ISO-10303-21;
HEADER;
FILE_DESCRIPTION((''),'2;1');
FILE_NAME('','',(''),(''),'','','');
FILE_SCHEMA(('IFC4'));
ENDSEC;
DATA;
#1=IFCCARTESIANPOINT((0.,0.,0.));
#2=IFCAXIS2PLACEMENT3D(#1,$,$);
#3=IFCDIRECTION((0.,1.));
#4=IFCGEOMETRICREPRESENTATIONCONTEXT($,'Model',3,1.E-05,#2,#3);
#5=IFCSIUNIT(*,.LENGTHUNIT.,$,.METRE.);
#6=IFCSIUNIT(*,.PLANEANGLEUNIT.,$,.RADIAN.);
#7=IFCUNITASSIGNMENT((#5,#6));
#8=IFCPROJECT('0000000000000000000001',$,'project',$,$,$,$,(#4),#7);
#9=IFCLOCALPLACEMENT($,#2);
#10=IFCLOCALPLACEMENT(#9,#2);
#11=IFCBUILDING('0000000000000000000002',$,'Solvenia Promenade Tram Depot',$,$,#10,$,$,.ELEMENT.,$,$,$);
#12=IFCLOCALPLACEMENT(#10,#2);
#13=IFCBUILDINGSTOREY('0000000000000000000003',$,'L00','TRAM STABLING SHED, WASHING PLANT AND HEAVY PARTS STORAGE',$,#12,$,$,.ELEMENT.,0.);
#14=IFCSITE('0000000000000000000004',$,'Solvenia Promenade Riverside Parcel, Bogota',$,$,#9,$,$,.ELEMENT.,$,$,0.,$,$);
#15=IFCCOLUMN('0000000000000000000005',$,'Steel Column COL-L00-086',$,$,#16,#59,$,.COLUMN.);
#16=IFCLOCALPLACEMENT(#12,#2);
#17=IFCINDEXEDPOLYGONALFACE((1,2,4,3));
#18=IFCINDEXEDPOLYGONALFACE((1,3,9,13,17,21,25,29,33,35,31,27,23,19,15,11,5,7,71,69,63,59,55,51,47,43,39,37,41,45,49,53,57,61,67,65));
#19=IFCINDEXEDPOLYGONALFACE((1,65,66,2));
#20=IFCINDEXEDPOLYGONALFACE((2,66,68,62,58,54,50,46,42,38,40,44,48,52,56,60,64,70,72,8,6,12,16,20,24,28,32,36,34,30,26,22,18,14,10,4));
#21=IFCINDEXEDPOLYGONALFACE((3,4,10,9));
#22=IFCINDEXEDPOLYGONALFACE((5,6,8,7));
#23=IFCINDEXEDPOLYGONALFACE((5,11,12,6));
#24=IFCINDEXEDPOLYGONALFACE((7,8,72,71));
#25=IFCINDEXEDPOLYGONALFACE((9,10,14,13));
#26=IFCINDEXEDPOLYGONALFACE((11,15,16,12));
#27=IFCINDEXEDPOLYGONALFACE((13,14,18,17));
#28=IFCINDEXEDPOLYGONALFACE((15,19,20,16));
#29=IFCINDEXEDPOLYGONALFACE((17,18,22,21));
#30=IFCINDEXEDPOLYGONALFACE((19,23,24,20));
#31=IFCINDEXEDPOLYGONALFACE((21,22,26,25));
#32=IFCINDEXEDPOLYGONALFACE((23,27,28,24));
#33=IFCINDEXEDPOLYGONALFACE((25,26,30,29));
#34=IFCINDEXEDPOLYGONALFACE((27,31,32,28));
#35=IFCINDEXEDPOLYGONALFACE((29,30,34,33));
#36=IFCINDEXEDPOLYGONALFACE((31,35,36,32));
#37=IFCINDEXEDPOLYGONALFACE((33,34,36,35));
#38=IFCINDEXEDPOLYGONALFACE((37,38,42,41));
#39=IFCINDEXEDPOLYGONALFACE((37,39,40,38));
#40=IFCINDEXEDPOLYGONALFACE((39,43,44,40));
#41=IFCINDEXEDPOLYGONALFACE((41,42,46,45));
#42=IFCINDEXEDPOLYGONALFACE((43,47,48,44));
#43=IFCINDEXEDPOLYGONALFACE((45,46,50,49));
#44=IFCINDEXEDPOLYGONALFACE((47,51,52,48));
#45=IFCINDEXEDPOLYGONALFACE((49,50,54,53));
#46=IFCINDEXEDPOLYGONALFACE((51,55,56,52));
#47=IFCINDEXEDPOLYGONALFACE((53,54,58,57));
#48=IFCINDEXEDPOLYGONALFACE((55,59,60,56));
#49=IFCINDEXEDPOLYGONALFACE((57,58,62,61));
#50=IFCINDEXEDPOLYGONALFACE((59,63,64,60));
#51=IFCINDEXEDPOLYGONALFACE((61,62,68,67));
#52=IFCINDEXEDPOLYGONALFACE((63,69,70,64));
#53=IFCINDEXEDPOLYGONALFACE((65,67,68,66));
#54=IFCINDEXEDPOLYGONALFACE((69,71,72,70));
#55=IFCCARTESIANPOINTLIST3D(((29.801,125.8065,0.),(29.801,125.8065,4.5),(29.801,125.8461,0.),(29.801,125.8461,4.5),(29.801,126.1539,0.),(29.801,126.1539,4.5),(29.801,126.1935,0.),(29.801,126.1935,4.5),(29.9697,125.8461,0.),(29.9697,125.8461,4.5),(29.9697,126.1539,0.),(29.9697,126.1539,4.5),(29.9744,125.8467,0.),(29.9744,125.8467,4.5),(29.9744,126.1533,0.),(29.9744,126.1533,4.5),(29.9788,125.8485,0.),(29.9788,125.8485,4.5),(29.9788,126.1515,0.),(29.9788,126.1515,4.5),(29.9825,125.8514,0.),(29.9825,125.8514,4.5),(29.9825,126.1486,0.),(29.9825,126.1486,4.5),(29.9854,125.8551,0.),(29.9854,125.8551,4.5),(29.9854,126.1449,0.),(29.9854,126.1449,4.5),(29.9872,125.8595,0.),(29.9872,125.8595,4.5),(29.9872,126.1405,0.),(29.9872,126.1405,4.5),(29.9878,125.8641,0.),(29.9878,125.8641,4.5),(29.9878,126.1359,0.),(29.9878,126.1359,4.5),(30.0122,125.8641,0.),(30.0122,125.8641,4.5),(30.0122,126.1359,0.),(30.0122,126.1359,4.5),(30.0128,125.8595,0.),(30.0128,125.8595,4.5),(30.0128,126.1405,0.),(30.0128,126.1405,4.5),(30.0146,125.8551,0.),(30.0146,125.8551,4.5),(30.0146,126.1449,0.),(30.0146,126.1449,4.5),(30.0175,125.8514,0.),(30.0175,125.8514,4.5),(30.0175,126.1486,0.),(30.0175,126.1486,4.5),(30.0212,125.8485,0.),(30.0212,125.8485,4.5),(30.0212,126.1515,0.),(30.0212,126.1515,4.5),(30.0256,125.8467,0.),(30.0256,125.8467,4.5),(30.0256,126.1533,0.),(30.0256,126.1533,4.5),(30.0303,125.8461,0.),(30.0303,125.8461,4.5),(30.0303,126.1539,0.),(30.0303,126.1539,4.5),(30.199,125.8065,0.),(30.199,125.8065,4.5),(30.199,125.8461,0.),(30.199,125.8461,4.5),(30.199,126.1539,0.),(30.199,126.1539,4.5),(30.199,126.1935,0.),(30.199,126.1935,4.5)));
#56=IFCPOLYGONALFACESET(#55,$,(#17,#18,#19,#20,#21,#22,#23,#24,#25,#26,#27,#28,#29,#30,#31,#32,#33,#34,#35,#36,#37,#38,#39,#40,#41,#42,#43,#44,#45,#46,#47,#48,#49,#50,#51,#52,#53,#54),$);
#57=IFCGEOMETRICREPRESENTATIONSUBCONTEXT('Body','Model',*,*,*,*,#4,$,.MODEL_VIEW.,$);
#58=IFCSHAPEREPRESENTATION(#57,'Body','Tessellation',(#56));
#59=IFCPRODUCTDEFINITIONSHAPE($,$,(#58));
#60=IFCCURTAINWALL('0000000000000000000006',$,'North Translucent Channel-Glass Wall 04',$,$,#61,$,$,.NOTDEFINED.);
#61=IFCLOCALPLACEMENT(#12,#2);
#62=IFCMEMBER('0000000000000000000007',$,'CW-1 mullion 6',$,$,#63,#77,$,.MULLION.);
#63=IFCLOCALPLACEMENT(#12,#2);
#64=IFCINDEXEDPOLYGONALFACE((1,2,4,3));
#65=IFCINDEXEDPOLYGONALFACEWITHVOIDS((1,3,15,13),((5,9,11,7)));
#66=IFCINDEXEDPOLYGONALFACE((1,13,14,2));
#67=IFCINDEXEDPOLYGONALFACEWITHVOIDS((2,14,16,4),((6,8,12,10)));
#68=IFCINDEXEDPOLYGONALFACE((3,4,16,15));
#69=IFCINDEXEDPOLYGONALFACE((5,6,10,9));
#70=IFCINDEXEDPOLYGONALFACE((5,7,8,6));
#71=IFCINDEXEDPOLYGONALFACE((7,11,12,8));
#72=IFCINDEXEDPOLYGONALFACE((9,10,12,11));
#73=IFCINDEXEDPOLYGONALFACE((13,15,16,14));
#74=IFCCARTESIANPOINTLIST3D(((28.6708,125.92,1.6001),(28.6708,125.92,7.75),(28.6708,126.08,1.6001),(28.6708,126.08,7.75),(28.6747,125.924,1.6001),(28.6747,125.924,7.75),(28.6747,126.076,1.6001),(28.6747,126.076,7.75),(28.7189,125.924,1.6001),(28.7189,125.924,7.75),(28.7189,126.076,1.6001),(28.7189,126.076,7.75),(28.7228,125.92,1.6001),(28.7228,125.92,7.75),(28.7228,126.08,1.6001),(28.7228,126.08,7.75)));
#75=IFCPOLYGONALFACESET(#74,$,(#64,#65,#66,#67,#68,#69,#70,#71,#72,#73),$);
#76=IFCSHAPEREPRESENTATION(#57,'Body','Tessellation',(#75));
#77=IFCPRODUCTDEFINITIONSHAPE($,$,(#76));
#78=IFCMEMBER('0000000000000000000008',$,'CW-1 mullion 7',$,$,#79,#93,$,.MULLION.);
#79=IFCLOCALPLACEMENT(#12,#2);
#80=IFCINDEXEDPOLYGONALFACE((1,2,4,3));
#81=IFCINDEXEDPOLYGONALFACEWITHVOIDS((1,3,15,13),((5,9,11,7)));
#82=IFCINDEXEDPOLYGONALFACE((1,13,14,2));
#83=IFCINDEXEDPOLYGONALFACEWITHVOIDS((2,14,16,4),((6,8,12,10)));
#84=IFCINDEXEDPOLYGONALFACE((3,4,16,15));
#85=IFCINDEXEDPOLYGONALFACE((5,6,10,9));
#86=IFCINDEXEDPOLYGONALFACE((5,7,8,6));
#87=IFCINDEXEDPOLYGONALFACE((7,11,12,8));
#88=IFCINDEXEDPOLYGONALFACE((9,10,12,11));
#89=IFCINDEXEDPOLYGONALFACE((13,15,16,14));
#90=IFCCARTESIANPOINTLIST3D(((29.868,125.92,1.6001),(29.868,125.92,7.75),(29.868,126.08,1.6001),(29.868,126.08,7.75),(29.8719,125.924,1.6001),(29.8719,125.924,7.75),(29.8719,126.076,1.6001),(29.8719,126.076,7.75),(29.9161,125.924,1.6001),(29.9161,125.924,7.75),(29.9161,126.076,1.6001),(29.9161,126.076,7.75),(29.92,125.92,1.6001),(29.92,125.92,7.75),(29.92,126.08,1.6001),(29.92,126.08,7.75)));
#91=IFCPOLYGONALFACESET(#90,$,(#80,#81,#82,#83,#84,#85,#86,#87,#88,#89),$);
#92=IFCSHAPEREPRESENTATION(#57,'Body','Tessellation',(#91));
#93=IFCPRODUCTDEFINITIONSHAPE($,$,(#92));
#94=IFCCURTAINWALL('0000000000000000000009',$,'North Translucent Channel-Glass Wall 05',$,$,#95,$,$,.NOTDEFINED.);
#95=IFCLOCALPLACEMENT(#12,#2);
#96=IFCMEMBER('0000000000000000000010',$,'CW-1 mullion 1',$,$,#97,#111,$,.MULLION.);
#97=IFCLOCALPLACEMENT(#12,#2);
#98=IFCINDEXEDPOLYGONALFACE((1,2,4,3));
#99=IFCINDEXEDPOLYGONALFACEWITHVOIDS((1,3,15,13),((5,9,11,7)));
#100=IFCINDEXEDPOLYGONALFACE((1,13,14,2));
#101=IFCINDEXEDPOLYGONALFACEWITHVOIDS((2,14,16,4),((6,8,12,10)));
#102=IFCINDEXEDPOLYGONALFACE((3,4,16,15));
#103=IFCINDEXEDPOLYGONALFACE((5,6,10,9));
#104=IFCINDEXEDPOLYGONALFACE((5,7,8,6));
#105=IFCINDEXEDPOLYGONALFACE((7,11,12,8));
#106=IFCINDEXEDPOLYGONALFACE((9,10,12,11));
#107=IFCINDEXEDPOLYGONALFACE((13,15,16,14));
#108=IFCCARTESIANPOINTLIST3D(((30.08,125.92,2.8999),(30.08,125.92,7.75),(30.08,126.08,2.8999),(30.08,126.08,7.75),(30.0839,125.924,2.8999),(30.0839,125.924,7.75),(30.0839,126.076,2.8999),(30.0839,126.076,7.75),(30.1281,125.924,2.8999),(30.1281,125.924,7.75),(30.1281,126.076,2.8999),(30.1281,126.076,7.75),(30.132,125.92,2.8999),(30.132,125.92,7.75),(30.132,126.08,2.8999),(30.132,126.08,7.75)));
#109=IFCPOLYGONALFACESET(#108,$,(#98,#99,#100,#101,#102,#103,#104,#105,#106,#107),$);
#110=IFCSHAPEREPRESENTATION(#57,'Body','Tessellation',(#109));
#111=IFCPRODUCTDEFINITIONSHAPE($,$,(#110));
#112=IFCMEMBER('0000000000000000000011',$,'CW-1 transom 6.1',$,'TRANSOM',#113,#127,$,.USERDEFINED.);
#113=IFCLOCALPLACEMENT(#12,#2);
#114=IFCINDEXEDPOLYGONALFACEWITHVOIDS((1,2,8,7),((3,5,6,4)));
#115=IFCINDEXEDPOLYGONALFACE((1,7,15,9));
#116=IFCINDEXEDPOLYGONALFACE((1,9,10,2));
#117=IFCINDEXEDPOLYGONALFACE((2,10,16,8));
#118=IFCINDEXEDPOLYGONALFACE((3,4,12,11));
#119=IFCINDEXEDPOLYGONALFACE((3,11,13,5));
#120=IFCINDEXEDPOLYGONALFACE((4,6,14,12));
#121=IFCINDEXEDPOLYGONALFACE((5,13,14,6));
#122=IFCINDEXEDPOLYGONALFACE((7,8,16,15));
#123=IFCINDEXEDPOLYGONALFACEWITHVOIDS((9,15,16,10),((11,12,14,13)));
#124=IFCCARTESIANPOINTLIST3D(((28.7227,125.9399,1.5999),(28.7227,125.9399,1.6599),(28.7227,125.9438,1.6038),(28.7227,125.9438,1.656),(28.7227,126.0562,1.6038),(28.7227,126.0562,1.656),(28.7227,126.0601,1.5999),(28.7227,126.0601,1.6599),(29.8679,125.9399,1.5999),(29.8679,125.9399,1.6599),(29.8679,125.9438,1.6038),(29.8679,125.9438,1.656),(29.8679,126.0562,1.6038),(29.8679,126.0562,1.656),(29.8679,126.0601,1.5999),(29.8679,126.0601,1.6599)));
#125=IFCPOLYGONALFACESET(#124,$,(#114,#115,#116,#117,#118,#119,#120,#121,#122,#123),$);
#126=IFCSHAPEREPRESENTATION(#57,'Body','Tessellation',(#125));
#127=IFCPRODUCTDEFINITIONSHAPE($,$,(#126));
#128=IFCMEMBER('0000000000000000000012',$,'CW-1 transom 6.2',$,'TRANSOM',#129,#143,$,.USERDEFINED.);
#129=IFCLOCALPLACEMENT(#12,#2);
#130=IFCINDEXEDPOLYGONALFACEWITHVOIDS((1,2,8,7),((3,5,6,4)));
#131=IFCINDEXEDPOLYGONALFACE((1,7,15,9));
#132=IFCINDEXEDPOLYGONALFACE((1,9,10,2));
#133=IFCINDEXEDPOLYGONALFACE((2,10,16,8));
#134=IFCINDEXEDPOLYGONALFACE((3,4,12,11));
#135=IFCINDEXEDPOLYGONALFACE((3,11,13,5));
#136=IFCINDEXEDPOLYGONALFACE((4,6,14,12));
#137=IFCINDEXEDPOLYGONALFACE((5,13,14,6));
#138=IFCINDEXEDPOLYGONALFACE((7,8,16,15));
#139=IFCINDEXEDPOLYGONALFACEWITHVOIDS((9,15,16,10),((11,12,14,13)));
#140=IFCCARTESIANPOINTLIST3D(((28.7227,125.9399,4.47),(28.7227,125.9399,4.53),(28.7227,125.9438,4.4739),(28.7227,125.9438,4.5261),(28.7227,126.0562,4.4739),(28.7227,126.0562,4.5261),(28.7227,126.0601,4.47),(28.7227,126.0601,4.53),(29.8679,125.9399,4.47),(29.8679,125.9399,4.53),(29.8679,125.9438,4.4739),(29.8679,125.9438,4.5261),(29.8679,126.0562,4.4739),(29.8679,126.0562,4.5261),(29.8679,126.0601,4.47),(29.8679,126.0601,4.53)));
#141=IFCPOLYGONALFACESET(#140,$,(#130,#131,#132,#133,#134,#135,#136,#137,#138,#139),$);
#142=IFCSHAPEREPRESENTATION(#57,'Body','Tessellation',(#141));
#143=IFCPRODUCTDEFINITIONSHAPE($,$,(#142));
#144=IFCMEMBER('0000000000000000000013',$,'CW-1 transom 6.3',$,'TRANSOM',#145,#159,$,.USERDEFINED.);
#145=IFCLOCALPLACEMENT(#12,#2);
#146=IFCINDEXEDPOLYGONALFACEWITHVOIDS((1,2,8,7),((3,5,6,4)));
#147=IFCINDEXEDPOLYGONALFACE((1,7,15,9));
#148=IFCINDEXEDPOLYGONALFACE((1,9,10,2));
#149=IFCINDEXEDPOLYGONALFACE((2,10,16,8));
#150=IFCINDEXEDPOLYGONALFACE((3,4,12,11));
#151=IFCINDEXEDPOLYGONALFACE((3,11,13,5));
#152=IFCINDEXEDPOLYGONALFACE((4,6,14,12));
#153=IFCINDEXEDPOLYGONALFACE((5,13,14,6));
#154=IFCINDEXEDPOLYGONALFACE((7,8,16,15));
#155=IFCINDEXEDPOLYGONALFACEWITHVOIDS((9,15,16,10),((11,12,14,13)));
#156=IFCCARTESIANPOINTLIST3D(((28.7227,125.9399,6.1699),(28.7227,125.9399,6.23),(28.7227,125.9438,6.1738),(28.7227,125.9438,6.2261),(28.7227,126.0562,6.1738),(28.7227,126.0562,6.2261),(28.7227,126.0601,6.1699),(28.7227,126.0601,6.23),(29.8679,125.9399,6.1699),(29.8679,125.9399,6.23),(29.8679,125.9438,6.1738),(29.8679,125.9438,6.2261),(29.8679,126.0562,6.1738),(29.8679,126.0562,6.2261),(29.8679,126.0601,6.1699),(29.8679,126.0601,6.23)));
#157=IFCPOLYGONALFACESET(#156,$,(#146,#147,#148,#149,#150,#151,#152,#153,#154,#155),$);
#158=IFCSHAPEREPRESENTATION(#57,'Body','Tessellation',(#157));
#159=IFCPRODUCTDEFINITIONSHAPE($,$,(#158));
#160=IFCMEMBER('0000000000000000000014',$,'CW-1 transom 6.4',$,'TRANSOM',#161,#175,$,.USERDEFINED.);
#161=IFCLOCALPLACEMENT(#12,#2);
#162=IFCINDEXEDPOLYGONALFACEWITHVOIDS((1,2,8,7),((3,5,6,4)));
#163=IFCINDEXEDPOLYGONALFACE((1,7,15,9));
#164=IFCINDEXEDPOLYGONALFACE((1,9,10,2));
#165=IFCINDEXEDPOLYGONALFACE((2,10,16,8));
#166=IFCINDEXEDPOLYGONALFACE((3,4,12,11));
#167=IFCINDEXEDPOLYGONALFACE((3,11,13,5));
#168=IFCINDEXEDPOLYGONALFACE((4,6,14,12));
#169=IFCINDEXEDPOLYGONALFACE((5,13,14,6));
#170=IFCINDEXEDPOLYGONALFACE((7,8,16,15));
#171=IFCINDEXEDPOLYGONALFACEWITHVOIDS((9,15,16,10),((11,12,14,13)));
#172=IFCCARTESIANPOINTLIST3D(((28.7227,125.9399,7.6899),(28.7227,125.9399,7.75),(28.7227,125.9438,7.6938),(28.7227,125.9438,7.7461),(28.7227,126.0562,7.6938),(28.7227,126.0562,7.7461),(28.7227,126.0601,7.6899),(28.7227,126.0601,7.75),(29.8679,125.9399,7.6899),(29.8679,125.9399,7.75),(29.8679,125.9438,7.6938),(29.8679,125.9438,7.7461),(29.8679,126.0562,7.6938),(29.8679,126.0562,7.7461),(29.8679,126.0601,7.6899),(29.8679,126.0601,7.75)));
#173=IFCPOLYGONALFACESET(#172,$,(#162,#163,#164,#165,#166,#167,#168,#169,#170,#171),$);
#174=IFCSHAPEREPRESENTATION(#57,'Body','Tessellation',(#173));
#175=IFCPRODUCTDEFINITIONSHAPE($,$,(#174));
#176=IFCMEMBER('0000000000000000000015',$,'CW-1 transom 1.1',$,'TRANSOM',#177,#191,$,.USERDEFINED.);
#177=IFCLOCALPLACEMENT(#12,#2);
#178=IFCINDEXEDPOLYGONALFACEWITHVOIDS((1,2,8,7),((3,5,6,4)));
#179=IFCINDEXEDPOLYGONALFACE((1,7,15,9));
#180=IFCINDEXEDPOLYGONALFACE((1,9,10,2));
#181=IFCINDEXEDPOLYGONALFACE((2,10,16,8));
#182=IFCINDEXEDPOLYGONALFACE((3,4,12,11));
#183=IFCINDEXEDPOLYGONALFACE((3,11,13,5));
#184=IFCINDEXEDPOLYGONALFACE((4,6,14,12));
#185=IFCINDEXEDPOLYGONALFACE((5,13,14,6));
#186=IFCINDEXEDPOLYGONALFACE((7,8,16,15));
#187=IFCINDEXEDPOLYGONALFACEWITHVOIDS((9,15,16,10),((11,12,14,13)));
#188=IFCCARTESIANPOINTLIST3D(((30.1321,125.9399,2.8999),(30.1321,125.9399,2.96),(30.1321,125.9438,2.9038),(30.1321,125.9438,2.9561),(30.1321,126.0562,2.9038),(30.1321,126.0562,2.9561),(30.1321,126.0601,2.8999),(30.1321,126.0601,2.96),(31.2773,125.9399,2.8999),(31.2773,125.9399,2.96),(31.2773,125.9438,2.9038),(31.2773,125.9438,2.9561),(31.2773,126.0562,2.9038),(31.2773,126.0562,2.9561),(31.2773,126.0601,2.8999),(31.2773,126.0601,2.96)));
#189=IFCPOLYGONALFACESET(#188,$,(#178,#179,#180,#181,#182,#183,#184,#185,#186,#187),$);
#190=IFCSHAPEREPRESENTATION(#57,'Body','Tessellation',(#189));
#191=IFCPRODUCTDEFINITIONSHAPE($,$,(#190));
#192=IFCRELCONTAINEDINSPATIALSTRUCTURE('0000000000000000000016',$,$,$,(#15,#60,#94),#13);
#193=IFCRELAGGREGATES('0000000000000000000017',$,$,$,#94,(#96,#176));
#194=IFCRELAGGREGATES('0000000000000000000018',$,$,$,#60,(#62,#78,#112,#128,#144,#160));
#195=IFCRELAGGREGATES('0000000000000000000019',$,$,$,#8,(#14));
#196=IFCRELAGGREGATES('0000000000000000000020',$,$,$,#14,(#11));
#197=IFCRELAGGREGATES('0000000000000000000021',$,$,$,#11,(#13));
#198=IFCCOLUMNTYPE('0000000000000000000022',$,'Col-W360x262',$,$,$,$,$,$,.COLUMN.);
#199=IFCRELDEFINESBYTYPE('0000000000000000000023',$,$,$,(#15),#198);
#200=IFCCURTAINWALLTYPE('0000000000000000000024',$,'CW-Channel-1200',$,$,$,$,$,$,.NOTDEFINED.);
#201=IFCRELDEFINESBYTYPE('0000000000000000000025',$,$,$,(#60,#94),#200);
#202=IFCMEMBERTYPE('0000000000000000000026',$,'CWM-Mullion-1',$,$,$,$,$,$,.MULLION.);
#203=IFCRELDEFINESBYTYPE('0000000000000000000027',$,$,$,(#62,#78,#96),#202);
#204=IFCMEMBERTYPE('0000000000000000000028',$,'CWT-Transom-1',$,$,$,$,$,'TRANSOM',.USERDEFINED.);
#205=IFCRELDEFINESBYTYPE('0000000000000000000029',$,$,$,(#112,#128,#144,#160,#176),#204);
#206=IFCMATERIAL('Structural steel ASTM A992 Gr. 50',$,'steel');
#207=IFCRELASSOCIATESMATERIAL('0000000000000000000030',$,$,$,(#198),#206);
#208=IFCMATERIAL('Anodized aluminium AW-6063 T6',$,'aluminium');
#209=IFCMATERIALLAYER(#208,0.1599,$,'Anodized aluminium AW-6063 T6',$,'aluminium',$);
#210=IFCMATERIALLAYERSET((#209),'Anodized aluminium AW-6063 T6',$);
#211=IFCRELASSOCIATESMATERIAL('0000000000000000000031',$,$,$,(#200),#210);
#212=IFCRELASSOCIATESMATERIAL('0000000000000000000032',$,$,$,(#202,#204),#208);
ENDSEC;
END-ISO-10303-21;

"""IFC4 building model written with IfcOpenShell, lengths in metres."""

from ifc_helpers import new_model, si_unit, direction, frame, origin, origin_2d, place, context, subcontext, project, spatial, hollow_rectangle, i_section, extrude, material, layer, layer_set, material_profile, profile_set, type_object, element, aggregate, save


model = new_model("IFC4")

# Units and contexts
model_context = context("Model", 3, precision=1e-05, world=origin(), true_north=direction((0.0, 1.0)))
body_context = subcontext(model_context, "Body", "Model", "MODEL_VIEW")
ifc_project = project(units=[si_unit("LENGTHUNIT", "METRE"), si_unit("PLANEANGLEUNIT", "RADIAN")], contexts=[model_context])

# Site, building, storey
site_placement = place(None, origin())
site = spatial("IfcSite", under=ifc_project, at=site_placement, Name="Solvenia Promenade Riverside Parcel, Bogota", CompositionType="ELEMENT", RefElevation=0.0)
building_placement = place(site_placement, origin())
building = spatial("IfcBuilding", under=site, at=building_placement, Name="Solvenia Promenade Tram Depot", CompositionType="ELEMENT")
storey_placement = place(building_placement, origin())
storey = spatial("IfcBuildingStorey", under=building, at=storey_placement, Name="L00", Description="TRAM STABLING SHED, WASHING PLANT AND HEAVY PARTS STORAGE", CompositionType="ELEMENT", Elevation=0.0)

# Column
ifc_material_1 = material(Name="Structural steel ASTM A992 Gr. 50", Category="steel")
ifc_material_profile_1 = material_profile(ifc_material_1, i_section(OverallWidth=0.3979, OverallDepth=0.387, WebThickness=0.0244, FlangeThickness=0.0396, FilletRadius=0.0181, at=origin_2d()), Name="W360x262", Category="steel")
ifc_profile_set_1 = profile_set([ifc_material_profile_1], Name="Structural steel ASTM A992 Gr. 50")
column_type = type_object("IfcColumnType", Name="Col-W360x262", PredefinedType="COLUMN", material=ifc_profile_set_1)
column_placement = place(storey_placement, frame((30.0, 126.0, 0.0), z_axis=(0.0, 0.0, 1.0), x_axis=(1.0, 0.0, 0.0)))
element("IfcColumn", 1, at=column_placement, inside=storey, type_object=column_type, Name="Steel Column COL-L00-086", PredefinedType="COLUMN", context=body_context, shape_type="SweptSolid", body=[
    extrude(i_section(OverallWidth=0.3979, OverallDepth=0.387, WebThickness=0.0244, FlangeThickness=0.0396, FilletRadius=0.0181, at=origin_2d()), origin(), (0.0, 0.0, 1.0), 4.5),
])

# Curtain wall, members
ifc_material_2 = material(Name="Anodized aluminium AW-6063 T6", Category="aluminium")
ifc_layer_1 = layer(ifc_material_2, 0.1599, Name="Anodized aluminium AW-6063 T6", Category="aluminium")
ifc_layer_set_1 = layer_set([ifc_layer_1], Name="Anodized aluminium AW-6063 T6")
curtain_wall_type = type_object("IfcCurtainWallType", Name="CW-Channel-1200", PredefinedType="NOTDEFINED", material=ifc_layer_set_1)
curtain_wall_1_placement = place(storey_placement, origin())
curtain_wall_1 = element("IfcCurtainWall", 2, at=curtain_wall_1_placement, inside=storey, type_object=curtain_wall_type, Name="North Translucent Channel-Glass Wall 04", PredefinedType="NOTDEFINED")
ifc_material_profile_2 = material_profile(ifc_material_2, hollow_rectangle(XDim=0.1599, YDim=0.052, WallThickness=0.0039, at=origin_2d()), Name="ALU-M1", Category="aluminium")
ifc_profile_set_2 = profile_set([ifc_material_profile_2], Name="Anodized aluminium AW-6063 T6")
member_type_1 = type_object("IfcMemberType", Name="CWM-Mullion-1", PredefinedType="MULLION", material=ifc_profile_set_2)
member_1_placement = place(storey_placement, frame((28.6968, 126.0, 1.6001), z_axis=(0.0, 0.0, 1.0), x_axis=(0.0, 1.0, 0.0)))
member_1 = element("IfcMember", 3, at=member_1_placement, type_object=member_type_1, Name="CW-1 mullion 6", PredefinedType="MULLION", context=body_context, shape_type="SweptSolid", body=[
    extrude(hollow_rectangle(XDim=0.1599, YDim=0.052, WallThickness=0.0039, at=origin_2d()), origin(), (0.0, 0.0, 1.0), 6.1499),
])
member_2_placement = place(storey_placement, frame((29.894, 126.0, 1.6001), z_axis=(0.0, 0.0, 1.0), x_axis=(0.0, 1.0, 0.0)))
member_2 = element("IfcMember", 4, at=member_2_placement, type_object=member_type_1, Name="CW-1 mullion 7", PredefinedType="MULLION", context=body_context, shape_type="SweptSolid", body=[
    extrude(hollow_rectangle(XDim=0.1599, YDim=0.052, WallThickness=0.0039, at=origin_2d()), origin(), (0.0, 0.0, 1.0), 6.1499),
])

# Curtain wall, member
curtain_wall_2_placement = place(storey_placement, origin())
curtain_wall_2 = element("IfcCurtainWall", 5, at=curtain_wall_2_placement, inside=storey, type_object=curtain_wall_type, Name="North Translucent Channel-Glass Wall 05", PredefinedType="NOTDEFINED")
member_3_placement = place(storey_placement, frame((30.106, 126.0, 2.8999), z_axis=(0.0, 0.0, 1.0), x_axis=(0.0, 1.0, 0.0)))
member_3 = element("IfcMember", 6, at=member_3_placement, type_object=member_type_1, Name="CW-1 mullion 1", PredefinedType="MULLION", context=body_context, shape_type="SweptSolid", body=[
    extrude(hollow_rectangle(XDim=0.1599, YDim=0.052, WallThickness=0.0039, at=origin_2d()), origin(), (0.0, 0.0, 1.0), 4.8501),
])

# Members
ifc_material_profile_3 = material_profile(ifc_material_2, hollow_rectangle(XDim=0.1201, YDim=0.0601, WallThickness=0.0039, at=origin_2d()), Name="ALU-T1", Category="aluminium")
ifc_profile_set_3 = profile_set([ifc_material_profile_3], Name="Anodized aluminium AW-6063 T6")
member_type_2 = type_object("IfcMemberType", Name="CWT-Transom-1", ElementType="TRANSOM", PredefinedType="USERDEFINED", material=ifc_profile_set_3)
member_4_placement = place(storey_placement, frame((28.7227, 126.0, 1.6299), z_axis=(1.0, 0.0, 0.0), x_axis=(0.0, 1.0, 0.0)))
member_4 = element("IfcMember", 7, at=member_4_placement, type_object=member_type_2, Name="CW-1 transom 6.1", ObjectType="TRANSOM", PredefinedType="USERDEFINED", context=body_context, shape_type="SweptSolid", body=[
    extrude(hollow_rectangle(XDim=0.1201, YDim=0.0601, WallThickness=0.0039, at=origin_2d()), origin(), (0.0, 0.0, 1.0), 1.1453),
])
member_5_placement = place(storey_placement, frame((28.7227, 126.0, 4.5), z_axis=(1.0, 0.0, 0.0), x_axis=(0.0, 1.0, 0.0)))
member_5 = element("IfcMember", 8, at=member_5_placement, type_object=member_type_2, Name="CW-1 transom 6.2", ObjectType="TRANSOM", PredefinedType="USERDEFINED", context=body_context, shape_type="SweptSolid", body=[
    extrude(hollow_rectangle(XDim=0.1201, YDim=0.0601, WallThickness=0.0039, at=origin_2d()), origin(), (0.0, 0.0, 1.0), 1.1453),
])
member_6_placement = place(storey_placement, frame((28.7227, 126.0, 6.2), z_axis=(1.0, 0.0, 0.0), x_axis=(0.0, 1.0, 0.0)))
member_6 = element("IfcMember", 9, at=member_6_placement, type_object=member_type_2, Name="CW-1 transom 6.3", ObjectType="TRANSOM", PredefinedType="USERDEFINED", context=body_context, shape_type="SweptSolid", body=[
    extrude(hollow_rectangle(XDim=0.1201, YDim=0.0601, WallThickness=0.0039, at=origin_2d()), origin(), (0.0, 0.0, 1.0), 1.1453),
])
member_7_placement = place(storey_placement, frame((28.7227, 126.0, 7.72), z_axis=(1.0, 0.0, 0.0), x_axis=(0.0, 1.0, 0.0)))
member_7 = element("IfcMember", 10, at=member_7_placement, type_object=member_type_2, Name="CW-1 transom 6.4", ObjectType="TRANSOM", PredefinedType="USERDEFINED", context=body_context, shape_type="SweptSolid", body=[
    extrude(hollow_rectangle(XDim=0.1201, YDim=0.0601, WallThickness=0.0039, at=origin_2d()), origin(), (0.0, 0.0, 1.0), 1.1453),
])
member_8_placement = place(storey_placement, frame((30.1321, 126.0, 2.9299), z_axis=(1.0, 0.0, 0.0), x_axis=(0.0, 1.0, 0.0)))
member_8 = element("IfcMember", 11, at=member_8_placement, type_object=member_type_2, Name="CW-1 transom 1.1", ObjectType="TRANSOM", PredefinedType="USERDEFINED", context=body_context, shape_type="SweptSolid", body=[
    extrude(hollow_rectangle(XDim=0.1201, YDim=0.0601, WallThickness=0.0039, at=origin_2d()), origin(), (0.0, 0.0, 1.0), 1.1453),
])
aggregate(curtain_wall_2, [member_3, member_8])

aggregate(curtain_wall_1, [member_1, member_2, member_4, member_5, member_6, member_7])

save(model, "model.ifc")
